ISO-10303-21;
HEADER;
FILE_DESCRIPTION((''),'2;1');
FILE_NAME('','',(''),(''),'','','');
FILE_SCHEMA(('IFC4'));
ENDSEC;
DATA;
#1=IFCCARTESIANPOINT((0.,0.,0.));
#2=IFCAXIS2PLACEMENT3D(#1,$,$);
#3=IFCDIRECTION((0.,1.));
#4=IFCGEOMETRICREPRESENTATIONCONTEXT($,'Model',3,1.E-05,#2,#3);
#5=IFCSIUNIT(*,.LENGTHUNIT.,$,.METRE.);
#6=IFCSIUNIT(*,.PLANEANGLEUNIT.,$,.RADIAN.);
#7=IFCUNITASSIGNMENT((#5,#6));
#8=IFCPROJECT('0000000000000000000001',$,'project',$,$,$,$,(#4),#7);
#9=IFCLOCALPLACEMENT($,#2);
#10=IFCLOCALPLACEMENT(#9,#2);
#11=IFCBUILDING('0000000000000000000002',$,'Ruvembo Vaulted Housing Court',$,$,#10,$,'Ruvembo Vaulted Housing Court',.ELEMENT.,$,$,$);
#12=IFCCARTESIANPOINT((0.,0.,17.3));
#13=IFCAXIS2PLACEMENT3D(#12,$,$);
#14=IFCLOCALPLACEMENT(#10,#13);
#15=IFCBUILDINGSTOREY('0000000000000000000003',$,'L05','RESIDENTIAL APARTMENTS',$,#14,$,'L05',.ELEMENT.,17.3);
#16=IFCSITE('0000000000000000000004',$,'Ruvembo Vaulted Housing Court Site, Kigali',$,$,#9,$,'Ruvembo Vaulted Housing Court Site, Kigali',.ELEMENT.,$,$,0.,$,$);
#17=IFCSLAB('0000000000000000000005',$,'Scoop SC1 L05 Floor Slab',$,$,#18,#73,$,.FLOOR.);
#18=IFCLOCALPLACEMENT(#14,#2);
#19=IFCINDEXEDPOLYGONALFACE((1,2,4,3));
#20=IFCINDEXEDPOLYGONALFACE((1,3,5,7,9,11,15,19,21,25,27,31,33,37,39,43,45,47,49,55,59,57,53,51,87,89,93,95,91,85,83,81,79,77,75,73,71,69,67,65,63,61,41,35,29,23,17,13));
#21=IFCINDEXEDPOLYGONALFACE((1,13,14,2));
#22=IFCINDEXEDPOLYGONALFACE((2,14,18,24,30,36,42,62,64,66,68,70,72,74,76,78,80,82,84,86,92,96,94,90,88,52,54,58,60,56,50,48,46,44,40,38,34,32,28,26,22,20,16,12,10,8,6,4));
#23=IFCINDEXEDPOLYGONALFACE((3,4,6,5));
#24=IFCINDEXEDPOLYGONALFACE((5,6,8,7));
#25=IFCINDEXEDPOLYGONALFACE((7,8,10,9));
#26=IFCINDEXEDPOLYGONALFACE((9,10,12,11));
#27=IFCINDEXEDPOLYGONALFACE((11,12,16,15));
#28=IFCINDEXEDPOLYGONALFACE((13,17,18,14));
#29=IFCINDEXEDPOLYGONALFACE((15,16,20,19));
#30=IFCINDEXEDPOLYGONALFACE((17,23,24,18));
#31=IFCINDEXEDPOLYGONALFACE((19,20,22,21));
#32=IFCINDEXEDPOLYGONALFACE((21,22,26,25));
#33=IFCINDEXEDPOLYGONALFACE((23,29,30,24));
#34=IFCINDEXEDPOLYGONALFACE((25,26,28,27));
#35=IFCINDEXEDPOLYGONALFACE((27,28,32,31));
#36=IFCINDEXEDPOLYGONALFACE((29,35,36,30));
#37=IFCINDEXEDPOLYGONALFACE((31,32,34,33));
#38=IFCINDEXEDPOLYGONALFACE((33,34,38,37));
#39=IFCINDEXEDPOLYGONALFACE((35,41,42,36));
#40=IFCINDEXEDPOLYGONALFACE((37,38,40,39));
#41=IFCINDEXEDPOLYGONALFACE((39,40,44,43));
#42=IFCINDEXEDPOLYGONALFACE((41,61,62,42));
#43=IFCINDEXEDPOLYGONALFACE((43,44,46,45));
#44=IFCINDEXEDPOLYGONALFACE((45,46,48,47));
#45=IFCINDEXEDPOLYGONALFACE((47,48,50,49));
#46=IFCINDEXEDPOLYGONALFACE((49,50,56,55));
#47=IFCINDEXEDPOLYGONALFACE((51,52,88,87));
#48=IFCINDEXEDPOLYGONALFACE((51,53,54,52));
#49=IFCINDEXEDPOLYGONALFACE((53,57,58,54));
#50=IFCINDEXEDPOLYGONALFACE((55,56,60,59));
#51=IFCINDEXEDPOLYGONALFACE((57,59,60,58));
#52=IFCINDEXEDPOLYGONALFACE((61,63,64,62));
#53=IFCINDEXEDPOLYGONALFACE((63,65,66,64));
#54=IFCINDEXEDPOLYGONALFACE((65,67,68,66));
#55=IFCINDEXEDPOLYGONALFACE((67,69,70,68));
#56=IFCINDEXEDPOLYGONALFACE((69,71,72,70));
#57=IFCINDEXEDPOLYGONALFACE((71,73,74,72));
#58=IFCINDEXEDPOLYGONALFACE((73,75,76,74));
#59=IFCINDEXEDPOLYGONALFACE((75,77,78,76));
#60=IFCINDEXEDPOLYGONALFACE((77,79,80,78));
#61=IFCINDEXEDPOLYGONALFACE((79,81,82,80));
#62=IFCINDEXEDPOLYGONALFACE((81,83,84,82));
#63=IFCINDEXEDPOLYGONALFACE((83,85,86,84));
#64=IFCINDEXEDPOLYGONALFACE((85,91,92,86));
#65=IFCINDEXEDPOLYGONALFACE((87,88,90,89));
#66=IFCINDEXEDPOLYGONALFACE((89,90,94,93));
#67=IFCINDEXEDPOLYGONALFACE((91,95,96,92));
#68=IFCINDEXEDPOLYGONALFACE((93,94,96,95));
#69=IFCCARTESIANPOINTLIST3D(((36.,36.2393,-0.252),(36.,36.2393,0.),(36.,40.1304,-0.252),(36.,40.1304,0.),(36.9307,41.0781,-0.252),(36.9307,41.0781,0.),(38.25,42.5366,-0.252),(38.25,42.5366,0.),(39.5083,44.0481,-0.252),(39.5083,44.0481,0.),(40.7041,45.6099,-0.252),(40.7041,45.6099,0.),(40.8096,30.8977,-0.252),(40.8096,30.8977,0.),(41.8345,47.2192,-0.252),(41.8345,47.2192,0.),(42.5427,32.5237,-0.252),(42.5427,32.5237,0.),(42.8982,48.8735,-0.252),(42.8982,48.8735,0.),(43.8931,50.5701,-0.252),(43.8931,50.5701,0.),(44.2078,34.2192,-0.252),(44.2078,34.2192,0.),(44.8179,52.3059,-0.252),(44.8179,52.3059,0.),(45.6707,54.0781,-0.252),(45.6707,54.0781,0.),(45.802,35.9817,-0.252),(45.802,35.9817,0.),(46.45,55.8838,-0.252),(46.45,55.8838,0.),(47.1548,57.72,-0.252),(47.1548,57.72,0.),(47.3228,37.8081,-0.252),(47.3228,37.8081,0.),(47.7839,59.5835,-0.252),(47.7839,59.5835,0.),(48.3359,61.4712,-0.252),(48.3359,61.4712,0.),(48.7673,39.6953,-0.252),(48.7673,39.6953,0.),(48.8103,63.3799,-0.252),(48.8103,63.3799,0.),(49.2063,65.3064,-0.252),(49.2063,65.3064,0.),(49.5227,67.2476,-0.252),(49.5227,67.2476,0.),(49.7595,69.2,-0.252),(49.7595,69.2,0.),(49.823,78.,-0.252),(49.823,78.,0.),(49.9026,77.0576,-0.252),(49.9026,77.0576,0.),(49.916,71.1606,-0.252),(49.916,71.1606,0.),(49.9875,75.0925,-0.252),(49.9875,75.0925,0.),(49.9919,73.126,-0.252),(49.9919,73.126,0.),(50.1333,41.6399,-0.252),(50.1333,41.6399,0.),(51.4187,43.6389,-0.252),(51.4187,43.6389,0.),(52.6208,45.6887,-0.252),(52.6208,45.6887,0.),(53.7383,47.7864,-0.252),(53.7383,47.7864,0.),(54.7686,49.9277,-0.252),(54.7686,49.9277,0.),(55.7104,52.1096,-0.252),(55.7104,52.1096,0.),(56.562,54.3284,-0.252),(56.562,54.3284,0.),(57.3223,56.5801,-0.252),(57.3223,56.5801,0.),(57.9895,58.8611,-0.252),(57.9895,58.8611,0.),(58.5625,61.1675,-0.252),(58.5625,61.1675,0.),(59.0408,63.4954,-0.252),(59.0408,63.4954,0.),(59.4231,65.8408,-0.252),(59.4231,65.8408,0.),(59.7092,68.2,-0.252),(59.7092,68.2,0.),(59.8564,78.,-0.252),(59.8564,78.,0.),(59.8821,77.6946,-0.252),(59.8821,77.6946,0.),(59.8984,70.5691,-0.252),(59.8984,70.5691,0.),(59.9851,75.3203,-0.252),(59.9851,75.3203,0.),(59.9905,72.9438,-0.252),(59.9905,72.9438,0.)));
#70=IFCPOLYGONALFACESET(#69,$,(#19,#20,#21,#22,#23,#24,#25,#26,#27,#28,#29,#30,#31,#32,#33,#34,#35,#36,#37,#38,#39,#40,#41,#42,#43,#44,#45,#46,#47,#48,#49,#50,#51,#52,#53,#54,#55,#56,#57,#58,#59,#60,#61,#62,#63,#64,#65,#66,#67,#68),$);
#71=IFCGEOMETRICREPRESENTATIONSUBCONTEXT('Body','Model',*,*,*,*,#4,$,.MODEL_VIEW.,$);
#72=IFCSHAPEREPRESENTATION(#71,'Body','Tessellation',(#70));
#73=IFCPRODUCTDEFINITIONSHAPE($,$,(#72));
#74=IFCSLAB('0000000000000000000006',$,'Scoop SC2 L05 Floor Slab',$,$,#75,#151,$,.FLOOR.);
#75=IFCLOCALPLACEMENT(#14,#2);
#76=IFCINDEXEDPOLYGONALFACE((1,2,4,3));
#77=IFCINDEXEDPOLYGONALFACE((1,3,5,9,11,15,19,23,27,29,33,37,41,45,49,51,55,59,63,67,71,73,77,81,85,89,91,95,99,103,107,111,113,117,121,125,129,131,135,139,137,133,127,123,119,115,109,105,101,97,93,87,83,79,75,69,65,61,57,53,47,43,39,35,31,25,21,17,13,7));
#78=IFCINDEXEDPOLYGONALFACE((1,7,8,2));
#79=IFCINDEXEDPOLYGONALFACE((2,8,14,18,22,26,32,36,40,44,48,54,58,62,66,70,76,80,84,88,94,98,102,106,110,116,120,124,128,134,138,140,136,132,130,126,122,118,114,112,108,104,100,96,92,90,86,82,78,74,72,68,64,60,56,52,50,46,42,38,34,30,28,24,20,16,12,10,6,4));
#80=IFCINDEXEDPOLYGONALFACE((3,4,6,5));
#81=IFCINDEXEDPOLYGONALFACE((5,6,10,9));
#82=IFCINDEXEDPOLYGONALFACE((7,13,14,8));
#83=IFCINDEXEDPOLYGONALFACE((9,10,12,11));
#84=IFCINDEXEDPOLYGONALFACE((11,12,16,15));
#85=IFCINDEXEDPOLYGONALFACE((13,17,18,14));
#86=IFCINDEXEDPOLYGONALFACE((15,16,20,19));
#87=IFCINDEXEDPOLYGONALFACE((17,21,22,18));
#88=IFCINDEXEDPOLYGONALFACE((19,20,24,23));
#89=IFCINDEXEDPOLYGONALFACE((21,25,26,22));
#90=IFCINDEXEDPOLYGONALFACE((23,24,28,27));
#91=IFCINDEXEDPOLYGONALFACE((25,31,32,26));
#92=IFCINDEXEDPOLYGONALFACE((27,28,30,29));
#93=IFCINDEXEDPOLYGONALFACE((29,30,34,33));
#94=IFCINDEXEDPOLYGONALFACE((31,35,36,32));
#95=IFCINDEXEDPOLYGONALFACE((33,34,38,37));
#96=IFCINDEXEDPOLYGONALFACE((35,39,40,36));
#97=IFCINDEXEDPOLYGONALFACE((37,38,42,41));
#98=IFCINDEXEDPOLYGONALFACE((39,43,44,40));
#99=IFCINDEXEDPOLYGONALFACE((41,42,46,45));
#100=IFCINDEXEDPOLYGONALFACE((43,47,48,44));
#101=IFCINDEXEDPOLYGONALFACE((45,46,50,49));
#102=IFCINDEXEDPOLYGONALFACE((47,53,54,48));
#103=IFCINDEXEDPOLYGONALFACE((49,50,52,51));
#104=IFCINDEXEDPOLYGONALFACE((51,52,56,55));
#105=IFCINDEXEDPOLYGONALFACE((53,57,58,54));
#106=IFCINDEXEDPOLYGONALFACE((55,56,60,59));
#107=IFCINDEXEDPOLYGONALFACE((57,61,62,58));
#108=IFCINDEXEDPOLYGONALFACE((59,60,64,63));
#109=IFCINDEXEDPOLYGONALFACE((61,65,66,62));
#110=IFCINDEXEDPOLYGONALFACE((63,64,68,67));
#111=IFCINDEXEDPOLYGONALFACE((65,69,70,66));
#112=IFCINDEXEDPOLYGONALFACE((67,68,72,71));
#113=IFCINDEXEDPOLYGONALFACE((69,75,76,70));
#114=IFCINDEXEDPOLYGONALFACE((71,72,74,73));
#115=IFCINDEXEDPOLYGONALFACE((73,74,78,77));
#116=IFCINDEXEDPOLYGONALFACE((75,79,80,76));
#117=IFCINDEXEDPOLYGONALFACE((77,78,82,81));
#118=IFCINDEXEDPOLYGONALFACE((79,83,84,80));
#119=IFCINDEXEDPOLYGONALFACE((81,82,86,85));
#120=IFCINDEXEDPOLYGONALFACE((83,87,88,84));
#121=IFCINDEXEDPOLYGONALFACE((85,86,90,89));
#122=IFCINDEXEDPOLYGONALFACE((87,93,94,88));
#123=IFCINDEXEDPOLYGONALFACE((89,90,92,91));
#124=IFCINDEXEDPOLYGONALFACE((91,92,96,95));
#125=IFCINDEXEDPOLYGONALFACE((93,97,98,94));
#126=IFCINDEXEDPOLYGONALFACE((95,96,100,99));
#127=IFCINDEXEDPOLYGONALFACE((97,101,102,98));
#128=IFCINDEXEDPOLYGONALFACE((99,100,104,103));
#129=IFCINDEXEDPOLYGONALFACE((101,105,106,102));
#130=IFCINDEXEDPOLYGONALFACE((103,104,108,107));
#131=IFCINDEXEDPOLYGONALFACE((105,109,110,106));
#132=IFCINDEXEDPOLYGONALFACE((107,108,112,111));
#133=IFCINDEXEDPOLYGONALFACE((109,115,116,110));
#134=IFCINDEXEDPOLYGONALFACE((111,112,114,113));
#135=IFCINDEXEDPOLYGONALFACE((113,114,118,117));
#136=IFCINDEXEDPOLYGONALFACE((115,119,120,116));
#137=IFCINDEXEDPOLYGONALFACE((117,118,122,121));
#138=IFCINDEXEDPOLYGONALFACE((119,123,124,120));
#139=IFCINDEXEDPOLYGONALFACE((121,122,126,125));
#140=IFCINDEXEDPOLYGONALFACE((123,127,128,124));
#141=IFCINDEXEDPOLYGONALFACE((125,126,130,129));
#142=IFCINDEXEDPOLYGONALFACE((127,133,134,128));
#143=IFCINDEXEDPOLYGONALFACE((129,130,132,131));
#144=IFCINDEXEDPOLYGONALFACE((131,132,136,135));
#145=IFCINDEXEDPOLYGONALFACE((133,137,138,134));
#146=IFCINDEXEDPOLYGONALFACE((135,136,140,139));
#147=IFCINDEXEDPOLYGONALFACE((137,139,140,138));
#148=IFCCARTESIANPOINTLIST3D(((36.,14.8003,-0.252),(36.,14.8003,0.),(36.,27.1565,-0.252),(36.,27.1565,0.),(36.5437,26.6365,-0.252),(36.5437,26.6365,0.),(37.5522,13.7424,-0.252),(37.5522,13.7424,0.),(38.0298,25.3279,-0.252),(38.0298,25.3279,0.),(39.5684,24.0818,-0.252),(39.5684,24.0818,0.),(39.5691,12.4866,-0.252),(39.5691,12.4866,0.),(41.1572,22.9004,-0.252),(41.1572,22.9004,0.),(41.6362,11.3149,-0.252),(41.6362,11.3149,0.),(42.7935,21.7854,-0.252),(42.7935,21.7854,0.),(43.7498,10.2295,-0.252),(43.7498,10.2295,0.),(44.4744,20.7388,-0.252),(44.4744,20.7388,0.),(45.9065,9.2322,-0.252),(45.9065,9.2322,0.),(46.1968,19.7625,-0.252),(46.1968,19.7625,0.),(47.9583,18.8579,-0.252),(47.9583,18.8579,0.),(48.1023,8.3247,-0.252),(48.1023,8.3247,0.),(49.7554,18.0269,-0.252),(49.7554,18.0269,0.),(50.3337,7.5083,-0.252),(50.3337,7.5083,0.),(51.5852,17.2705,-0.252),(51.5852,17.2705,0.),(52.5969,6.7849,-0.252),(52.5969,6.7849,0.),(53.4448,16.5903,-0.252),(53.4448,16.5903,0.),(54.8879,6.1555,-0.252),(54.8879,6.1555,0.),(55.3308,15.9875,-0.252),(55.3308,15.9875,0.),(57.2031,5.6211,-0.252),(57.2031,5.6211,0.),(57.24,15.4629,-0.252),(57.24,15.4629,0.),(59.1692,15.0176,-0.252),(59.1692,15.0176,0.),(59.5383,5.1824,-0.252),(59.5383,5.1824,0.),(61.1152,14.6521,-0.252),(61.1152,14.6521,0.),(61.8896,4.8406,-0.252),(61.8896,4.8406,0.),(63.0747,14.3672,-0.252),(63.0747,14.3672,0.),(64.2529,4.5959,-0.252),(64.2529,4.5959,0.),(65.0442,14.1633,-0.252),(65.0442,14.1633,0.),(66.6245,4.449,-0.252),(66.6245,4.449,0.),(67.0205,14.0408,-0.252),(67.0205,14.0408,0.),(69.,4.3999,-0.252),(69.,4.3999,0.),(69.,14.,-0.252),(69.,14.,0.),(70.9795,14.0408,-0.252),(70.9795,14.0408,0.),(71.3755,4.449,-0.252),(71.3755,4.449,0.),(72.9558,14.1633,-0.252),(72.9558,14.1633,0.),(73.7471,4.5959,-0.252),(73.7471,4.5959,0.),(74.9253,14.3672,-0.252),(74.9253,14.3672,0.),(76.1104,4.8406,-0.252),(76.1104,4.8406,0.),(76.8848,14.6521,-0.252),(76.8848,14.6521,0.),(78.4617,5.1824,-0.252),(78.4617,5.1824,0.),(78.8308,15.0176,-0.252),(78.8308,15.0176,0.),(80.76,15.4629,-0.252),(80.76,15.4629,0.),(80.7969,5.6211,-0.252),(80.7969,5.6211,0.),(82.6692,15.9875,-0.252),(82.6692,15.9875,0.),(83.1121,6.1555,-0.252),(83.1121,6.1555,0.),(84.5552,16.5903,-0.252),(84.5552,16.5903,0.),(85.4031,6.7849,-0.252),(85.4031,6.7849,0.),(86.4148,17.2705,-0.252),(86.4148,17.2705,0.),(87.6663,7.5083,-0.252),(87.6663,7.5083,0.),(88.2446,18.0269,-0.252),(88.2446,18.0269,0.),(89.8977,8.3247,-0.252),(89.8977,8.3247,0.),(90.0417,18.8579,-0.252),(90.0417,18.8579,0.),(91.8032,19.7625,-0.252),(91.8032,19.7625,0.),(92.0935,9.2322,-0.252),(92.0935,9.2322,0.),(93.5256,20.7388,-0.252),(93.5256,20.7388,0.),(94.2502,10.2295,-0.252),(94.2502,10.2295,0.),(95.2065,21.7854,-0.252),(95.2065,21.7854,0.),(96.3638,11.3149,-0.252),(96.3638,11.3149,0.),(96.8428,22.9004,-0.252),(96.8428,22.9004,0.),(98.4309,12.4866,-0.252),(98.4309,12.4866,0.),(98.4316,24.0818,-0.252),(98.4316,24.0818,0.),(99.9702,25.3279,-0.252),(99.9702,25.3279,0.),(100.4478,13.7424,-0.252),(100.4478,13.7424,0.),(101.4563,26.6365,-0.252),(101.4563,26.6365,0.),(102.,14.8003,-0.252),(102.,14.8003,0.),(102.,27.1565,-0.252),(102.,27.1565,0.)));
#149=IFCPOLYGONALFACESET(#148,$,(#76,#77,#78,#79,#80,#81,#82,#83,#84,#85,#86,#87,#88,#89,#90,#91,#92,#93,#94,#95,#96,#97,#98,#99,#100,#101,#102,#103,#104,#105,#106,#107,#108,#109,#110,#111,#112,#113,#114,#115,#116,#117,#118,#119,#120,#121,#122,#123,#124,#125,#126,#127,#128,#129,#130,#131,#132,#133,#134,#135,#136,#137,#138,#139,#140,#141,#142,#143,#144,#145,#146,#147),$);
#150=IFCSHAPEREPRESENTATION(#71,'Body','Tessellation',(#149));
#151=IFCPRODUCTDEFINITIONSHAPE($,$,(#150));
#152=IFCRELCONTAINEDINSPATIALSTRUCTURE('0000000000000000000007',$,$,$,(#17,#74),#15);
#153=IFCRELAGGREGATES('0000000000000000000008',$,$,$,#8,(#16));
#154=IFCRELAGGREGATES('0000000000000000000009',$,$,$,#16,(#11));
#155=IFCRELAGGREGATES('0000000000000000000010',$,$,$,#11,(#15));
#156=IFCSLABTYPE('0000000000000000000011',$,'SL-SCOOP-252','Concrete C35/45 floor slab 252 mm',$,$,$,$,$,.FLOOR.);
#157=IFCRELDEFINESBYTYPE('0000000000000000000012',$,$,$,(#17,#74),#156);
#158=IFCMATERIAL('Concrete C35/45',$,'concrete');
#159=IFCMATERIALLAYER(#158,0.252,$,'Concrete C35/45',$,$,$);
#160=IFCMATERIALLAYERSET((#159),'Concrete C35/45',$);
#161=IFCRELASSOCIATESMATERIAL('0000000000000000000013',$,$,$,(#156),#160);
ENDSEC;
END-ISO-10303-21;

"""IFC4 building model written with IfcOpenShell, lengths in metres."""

from ifc_helpers import new_model, si_unit, direction, frame, origin, place, context, subcontext, project, spatial, polyline, outline, extrude, material, layer, layer_set, type_object, element, save


model = new_model("IFC4")

# Units and contexts
model_context = context("Model", 3, precision=1e-05, world=origin(), true_north=direction((0.0, 1.0)))
body_context = subcontext(model_context, "Body", "Model", "MODEL_VIEW")
ifc_project = project(units=[si_unit("LENGTHUNIT", "METRE"), si_unit("PLANEANGLEUNIT", "RADIAN")], contexts=[model_context])

# Site, building, storey
site_placement = place(None, origin())
site = spatial("IfcSite", under=ifc_project, at=site_placement, Name="Ruvembo Vaulted Housing Court Site, Kigali", LongName="Ruvembo Vaulted Housing Court Site, Kigali", CompositionType="ELEMENT", RefElevation=0.0)
building_placement = place(site_placement, origin())
building = spatial("IfcBuilding", under=site, at=building_placement, Name="Ruvembo Vaulted Housing Court", LongName="Ruvembo Vaulted Housing Court", CompositionType="ELEMENT")
storey_placement = place(building_placement, frame((0.0, 0.0, 17.3)))
storey = spatial("IfcBuildingStorey", under=building, at=storey_placement, Name="L05", Description="RESIDENTIAL APARTMENTS", LongName="L05", CompositionType="ELEMENT", Elevation=17.3)

# Shared definitions
ifc_material_1 = material(Name="Concrete C35/45", Category="concrete")

# Slabs
ifc_layer_1 = layer(ifc_material_1, 0.252, Name="Concrete C35/45")
ifc_layer_set_1 = layer_set([ifc_layer_1], Name="Concrete C35/45")
slab_type_1 = type_object("IfcSlabType", Name="SL-SCOOP-252", Description="Concrete C35/45 floor slab 252 mm", PredefinedType="FLOOR", material=ifc_layer_set_1)
slab_1_placement = place(storey_placement, frame((0.0, 0.0, -0.252)))
element("IfcSlab", 1, at=slab_1_placement, inside=storey, type_object=slab_type_1, Name="Scoop SC1 L05 Floor Slab", PredefinedType="FLOOR", context=body_context, shape_type="SweptSolid", body=[
    extrude(outline(polyline([(36.0, 40.1304), (36.0, 36.2393), (40.8096, 30.8977), (42.5427, 32.5237), (44.2078, 34.2192), (45.802, 35.9817), (47.3228, 37.8081), (48.7673, 39.6953), (50.1333, 41.6399), (51.4187, 43.6389), (52.6208, 45.6887), (53.7383, 47.7864), (54.7686, 49.9277), (55.7104, 52.1096), (56.562, 54.3284), (57.3223, 56.5801), (57.9895, 58.8611), (58.5625, 61.1675), (59.0408, 63.4954), (59.4231, 65.8408), (59.7092, 68.2), (59.8984, 70.5691), (59.9905, 72.9438), (59.9851, 75.3203), (59.8821, 77.6946), (59.8564, 78.0), (49.823, 78.0), (49.9026, 77.0576), (49.9875, 75.0925), (49.9919, 73.126), (49.916, 71.1606), (49.7595, 69.2), (49.5227, 67.2476), (49.2063, 65.3064), (48.8103, 63.3799), (48.3359, 61.4712), (47.7839, 59.5835), (47.1548, 57.72), (46.45, 55.8838), (45.6707, 54.0781), (44.8179, 52.3059), (43.8931, 50.5701), (42.8982, 48.8735), (41.8345, 47.2192), (40.7041, 45.6099), (39.5083, 44.0481), (38.25, 42.5366), (36.9307, 41.0781), (36.0, 40.1304)])), origin(), (0.0, 0.0, 1.0), 0.252),
])
slab_2_placement = place(storey_placement, frame((0.0, 0.0, -0.252)))
element("IfcSlab", 2, at=slab_2_placement, inside=storey, type_object=slab_type_1, Name="Scoop SC2 L05 Floor Slab", PredefinedType="FLOOR", context=body_context, shape_type="SweptSolid", body=[
    extrude(outline(polyline([(36.0, 27.1565), (36.0, 14.8003), (37.5522, 13.7424), (39.5691, 12.4866), (41.6362, 11.3149), (43.7498, 10.2295), (45.9065, 9.2322), (48.1023, 8.3247), (50.3337, 7.5083), (52.5969, 6.7849), (54.8879, 6.1555), (57.2031, 5.6211), (59.5383, 5.1824), (61.8896, 4.8406), (64.2529, 4.5959), (66.6245, 4.449), (69.0, 4.3999), (71.3755, 4.449), (73.7471, 4.5959), (76.1104, 4.8406), (78.4617, 5.1824), (80.7969, 5.6211), (83.1121, 6.1555), (85.4031, 6.7849), (87.6663, 7.5083), (89.8977, 8.3247), (92.0935, 9.2322), (94.2502, 10.2295), (96.3638, 11.3149), (98.4309, 12.4866), (100.4478, 13.7424), (102.0, 14.8003), (102.0, 27.1565), (101.4563, 26.6365), (99.9702, 25.3279), (98.4316, 24.0818), (96.8428, 22.9004), (95.2065, 21.7854), (93.5256, 20.7388), (91.8032, 19.7625), (90.0417, 18.8579), (88.2446, 18.0269), (86.4148, 17.2705), (84.5552, 16.5903), (82.6692, 15.9875), (80.76, 15.4629), (78.8308, 15.0176), (76.8848, 14.6521), (74.9253, 14.3672), (72.9558, 14.1633), (70.9795, 14.0408), (69.0, 14.0), (67.0205, 14.0408), (65.0442, 14.1633), (63.0747, 14.3672), (61.1152, 14.6521), (59.1692, 15.0176), (57.24, 15.4629), (55.3308, 15.9875), (53.4448, 16.5903), (51.5852, 17.2705), (49.7554, 18.0269), (47.9583, 18.8579), (46.1968, 19.7625), (44.4744, 20.7388), (42.7935, 21.7854), (41.1572, 22.9004), (39.5684, 24.0818), (38.0298, 25.3279), (36.5437, 26.6365), (36.0, 27.1565)])), origin(), (0.0, 0.0, 1.0), 0.252),
])

save(model, "model.ifc")
